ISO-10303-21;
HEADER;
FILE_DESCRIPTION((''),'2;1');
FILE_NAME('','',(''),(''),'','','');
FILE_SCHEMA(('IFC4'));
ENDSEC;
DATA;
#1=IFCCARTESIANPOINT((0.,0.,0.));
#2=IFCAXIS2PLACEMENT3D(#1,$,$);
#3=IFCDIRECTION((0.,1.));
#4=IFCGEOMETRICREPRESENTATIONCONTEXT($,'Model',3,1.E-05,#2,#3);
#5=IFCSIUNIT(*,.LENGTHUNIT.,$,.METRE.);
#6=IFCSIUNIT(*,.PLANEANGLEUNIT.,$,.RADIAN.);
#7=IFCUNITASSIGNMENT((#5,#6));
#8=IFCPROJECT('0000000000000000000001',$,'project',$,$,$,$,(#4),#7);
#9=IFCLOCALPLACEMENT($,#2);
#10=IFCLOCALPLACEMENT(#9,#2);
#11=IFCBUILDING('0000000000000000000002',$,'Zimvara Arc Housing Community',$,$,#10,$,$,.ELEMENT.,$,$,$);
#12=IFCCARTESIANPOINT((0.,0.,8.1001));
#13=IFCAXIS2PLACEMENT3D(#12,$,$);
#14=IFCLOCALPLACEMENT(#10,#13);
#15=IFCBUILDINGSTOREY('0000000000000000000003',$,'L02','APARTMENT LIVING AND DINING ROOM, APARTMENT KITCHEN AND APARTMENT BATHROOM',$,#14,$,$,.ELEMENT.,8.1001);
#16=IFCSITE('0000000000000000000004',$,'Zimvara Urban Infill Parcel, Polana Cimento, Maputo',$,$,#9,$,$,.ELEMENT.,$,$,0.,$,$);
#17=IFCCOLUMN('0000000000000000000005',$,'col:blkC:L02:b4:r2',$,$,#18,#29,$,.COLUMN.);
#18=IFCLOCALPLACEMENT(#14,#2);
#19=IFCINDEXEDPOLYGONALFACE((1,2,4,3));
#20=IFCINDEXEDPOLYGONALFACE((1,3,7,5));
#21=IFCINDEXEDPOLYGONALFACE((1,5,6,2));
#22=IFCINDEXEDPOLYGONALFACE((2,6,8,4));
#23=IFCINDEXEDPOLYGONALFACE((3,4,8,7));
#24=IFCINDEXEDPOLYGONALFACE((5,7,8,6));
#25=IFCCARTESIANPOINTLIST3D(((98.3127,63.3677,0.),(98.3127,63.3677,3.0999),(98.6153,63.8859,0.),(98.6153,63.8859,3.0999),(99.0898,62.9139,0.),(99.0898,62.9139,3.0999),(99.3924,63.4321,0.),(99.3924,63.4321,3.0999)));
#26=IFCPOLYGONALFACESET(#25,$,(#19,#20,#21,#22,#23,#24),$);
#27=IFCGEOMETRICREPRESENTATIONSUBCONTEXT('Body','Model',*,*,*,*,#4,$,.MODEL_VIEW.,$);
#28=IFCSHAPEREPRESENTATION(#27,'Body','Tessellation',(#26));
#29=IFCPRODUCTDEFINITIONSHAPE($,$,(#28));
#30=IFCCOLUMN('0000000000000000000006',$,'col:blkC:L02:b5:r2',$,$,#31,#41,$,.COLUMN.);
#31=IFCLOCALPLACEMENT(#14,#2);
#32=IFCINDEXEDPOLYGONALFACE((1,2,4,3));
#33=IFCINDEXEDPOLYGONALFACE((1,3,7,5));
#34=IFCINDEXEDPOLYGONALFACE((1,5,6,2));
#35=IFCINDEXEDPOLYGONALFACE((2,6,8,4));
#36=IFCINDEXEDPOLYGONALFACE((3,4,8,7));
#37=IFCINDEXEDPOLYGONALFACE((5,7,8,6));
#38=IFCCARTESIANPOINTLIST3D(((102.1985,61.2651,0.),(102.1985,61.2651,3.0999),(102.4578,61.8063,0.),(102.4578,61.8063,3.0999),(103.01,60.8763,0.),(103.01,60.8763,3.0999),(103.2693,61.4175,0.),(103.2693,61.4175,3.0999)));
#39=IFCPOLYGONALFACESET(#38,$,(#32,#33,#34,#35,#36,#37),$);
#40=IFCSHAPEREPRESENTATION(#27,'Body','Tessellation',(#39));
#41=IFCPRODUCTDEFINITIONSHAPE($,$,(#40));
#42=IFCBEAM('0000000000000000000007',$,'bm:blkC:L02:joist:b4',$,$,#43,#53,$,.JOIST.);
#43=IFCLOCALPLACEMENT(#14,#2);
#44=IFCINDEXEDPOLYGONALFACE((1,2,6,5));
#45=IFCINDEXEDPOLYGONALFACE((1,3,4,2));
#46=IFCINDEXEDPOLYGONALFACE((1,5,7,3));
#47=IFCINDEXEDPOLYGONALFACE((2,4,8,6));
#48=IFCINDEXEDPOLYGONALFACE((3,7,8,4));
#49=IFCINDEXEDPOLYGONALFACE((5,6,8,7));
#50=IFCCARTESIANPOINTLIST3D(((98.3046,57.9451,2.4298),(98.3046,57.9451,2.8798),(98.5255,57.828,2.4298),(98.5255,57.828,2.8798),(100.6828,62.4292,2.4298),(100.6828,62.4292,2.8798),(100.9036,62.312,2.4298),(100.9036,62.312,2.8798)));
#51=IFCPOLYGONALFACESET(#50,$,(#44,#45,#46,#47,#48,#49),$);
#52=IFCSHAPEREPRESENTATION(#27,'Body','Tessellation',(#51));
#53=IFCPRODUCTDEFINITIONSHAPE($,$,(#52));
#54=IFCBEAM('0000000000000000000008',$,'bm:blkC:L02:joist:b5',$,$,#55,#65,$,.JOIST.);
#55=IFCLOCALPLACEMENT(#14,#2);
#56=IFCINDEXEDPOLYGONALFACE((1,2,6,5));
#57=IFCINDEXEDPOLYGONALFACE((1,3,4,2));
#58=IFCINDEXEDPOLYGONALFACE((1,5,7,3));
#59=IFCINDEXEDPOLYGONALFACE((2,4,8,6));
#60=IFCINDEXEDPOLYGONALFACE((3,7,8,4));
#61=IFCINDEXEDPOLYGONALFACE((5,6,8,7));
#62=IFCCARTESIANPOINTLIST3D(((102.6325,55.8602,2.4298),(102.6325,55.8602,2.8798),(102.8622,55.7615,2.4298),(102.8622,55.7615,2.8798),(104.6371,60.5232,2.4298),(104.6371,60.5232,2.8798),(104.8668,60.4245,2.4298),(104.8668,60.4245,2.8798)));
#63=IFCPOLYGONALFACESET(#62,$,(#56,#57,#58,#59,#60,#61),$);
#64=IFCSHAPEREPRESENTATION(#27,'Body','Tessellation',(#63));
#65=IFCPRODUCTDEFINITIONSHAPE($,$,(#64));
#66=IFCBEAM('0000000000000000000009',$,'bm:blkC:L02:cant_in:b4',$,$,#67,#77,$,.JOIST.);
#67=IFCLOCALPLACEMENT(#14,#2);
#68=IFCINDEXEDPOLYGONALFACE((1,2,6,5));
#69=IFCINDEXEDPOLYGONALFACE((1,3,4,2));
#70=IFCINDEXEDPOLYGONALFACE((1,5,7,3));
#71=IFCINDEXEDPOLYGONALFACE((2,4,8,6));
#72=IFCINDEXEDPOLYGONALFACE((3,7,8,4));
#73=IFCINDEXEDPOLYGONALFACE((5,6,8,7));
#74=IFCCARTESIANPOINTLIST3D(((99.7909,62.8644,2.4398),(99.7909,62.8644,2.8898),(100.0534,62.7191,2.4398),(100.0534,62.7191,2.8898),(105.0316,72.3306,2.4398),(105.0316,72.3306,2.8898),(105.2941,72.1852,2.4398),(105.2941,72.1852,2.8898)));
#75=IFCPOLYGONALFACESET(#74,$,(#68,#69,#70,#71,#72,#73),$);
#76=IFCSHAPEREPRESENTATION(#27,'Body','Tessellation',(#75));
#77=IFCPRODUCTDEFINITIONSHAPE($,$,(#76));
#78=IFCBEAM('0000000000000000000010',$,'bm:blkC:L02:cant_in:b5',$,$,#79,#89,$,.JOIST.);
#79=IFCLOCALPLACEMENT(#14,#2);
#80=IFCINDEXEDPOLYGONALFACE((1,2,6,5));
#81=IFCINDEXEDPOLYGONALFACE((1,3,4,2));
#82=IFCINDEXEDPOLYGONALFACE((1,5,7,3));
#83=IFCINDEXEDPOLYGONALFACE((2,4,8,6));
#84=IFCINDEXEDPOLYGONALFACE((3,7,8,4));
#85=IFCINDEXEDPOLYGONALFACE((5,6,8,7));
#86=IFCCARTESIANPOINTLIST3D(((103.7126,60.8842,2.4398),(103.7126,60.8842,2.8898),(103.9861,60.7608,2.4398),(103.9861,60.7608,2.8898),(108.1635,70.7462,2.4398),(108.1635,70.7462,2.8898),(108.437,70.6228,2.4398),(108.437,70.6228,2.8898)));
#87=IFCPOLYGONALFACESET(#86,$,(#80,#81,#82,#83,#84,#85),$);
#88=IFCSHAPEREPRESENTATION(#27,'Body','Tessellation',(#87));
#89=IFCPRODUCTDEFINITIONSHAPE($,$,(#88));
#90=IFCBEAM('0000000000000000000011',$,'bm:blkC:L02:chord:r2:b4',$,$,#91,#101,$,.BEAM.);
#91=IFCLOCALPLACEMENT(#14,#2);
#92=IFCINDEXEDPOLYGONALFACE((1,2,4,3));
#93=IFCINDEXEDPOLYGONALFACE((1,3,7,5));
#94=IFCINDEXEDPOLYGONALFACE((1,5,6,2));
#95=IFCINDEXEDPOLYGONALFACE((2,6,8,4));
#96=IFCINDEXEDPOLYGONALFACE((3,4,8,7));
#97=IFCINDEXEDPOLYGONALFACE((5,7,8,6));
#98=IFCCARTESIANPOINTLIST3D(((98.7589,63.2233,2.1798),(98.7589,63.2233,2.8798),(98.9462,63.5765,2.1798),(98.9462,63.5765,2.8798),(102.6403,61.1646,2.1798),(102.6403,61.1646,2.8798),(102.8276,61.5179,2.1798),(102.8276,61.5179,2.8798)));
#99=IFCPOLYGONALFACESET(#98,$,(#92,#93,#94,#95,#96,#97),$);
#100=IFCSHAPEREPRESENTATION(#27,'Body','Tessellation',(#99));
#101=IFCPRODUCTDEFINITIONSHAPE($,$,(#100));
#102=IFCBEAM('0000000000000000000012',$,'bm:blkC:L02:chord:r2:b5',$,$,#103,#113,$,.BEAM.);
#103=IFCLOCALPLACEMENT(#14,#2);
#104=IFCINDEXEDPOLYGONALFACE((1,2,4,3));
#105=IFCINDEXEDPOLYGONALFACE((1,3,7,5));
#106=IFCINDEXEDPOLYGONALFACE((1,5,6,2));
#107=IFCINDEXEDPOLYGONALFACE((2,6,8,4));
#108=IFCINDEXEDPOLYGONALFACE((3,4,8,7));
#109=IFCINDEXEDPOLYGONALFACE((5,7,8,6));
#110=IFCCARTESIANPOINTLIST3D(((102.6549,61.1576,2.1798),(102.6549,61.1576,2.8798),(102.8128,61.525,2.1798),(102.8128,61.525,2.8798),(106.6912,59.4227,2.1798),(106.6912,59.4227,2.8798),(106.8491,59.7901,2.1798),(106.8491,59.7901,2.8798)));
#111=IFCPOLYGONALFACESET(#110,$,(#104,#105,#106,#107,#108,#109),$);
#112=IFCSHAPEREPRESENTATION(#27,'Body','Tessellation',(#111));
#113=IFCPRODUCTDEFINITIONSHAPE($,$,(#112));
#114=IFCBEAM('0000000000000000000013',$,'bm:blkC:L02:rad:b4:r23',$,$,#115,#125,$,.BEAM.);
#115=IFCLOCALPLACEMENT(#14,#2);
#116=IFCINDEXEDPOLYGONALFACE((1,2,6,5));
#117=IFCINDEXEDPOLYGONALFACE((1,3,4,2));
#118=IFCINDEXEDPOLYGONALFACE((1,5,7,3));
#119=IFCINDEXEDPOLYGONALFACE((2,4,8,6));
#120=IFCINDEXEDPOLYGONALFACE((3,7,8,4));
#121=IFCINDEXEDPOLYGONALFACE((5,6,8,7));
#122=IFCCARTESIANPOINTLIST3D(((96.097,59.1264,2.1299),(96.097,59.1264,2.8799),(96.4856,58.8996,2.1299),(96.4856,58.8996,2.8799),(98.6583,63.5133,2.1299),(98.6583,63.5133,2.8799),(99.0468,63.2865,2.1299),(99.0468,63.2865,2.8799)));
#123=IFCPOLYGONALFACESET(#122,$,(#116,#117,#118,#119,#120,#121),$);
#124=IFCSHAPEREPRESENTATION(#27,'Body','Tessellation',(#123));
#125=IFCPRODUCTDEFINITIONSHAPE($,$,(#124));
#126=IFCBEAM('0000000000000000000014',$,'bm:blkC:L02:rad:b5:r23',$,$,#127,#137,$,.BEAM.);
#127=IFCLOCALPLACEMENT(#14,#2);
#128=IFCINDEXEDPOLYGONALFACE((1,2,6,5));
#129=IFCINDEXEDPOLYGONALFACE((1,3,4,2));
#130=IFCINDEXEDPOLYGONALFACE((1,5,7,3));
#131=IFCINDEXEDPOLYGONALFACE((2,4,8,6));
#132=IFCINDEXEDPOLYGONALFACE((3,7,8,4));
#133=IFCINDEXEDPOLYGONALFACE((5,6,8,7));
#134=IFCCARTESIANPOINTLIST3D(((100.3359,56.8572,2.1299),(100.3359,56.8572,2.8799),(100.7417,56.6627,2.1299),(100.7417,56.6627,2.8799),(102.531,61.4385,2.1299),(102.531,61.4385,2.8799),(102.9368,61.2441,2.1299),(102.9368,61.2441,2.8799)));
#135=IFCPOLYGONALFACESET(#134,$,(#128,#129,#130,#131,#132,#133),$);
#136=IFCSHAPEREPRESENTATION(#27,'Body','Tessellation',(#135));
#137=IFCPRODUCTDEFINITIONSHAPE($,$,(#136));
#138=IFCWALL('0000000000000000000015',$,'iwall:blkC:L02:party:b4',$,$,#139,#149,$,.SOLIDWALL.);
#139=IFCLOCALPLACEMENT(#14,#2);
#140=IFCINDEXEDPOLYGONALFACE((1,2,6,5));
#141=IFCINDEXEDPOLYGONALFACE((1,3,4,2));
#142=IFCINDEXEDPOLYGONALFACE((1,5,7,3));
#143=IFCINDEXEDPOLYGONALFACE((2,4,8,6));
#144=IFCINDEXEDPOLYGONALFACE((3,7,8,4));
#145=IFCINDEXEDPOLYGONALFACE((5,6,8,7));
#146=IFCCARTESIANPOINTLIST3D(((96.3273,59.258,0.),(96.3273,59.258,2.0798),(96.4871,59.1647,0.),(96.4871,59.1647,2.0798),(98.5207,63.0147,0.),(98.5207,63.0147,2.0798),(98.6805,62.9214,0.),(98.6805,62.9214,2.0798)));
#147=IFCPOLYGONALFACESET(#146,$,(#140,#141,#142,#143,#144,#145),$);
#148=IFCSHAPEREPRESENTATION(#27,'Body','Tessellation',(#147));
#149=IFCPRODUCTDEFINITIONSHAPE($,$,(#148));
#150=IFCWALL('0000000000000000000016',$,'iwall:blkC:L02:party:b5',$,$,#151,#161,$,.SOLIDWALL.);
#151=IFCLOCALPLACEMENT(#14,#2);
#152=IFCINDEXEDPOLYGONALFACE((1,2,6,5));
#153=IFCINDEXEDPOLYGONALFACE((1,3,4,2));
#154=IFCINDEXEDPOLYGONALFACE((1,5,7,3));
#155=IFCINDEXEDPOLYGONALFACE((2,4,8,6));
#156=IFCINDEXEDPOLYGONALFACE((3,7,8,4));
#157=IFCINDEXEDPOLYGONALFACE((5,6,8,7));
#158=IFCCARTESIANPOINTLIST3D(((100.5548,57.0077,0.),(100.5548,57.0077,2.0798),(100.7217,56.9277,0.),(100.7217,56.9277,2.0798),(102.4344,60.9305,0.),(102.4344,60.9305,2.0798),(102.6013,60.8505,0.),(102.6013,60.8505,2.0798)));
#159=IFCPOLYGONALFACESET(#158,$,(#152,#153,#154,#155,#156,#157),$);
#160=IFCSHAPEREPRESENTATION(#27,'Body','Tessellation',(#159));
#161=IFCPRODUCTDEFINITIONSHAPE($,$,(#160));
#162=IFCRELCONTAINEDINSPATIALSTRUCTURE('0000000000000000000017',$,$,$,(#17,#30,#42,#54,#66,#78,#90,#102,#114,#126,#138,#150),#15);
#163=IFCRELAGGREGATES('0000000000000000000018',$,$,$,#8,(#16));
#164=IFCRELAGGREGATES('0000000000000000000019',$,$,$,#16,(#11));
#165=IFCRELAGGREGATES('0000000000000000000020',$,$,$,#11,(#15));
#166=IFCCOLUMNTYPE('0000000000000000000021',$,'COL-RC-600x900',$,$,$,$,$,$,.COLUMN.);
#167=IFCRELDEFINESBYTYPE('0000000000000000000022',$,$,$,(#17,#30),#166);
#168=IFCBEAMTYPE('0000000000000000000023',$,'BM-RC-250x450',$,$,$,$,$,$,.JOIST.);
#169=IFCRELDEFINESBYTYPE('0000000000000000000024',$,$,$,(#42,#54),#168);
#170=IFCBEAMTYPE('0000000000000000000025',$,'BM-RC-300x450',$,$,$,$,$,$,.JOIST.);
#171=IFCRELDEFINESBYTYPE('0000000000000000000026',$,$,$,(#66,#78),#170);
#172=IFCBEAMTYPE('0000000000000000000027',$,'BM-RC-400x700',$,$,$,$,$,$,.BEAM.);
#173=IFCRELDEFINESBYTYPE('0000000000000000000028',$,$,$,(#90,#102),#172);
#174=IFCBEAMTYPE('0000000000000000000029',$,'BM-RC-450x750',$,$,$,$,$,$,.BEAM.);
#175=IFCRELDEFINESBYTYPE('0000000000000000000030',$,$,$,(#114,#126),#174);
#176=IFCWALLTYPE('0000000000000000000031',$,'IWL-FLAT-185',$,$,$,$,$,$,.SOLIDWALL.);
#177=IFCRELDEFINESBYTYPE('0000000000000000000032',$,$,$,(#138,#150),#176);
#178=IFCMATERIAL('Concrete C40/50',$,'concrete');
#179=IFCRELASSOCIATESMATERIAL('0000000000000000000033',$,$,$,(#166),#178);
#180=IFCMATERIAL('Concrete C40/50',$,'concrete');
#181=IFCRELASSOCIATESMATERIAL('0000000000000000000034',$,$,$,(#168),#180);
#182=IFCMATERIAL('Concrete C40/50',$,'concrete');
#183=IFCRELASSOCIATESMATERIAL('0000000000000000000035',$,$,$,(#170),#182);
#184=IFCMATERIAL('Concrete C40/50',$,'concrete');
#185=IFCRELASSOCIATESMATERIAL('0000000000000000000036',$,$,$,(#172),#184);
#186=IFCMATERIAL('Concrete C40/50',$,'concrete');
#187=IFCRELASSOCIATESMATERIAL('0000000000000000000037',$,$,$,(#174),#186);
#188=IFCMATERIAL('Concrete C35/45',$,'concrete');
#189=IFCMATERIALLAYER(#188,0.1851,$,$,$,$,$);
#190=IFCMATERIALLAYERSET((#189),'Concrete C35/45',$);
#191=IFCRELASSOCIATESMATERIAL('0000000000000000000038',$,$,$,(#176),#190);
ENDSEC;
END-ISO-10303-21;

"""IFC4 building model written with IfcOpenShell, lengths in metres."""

from ifc_helpers import new_model, si_unit, direction, frame, frame_2d, origin, origin_2d, place, context, subcontext, project, spatial, rectangle, extrude, material, layer, layer_set, material_profile, profile_set, type_object, element, save


model = new_model("IFC4")

# Units and contexts
model_context = context("Model", 3, precision=1e-05, world=origin(), true_north=direction((0.0, 1.0)))
body_context = subcontext(model_context, "Body", "Model", "MODEL_VIEW")
ifc_project = project(units=[si_unit("LENGTHUNIT", "METRE"), si_unit("PLANEANGLEUNIT", "RADIAN")], contexts=[model_context])

# Site, building, storey
site_placement = place(None, origin())
site = spatial("IfcSite", under=ifc_project, at=site_placement, Name="Zimvara Urban Infill Parcel, Polana Cimento, Maputo", CompositionType="ELEMENT", RefElevation=0.0)
building_placement = place(site_placement, origin())
building = spatial("IfcBuilding", under=site, at=building_placement, Name="Zimvara Arc Housing Community", CompositionType="ELEMENT")
storey_placement = place(building_placement, frame((0.0, 0.0, 8.1001)))
storey = spatial("IfcBuildingStorey", under=building, at=storey_placement, Name="L02", Description="APARTMENT LIVING AND DINING ROOM, APARTMENT KITCHEN AND APARTMENT BATHROOM", CompositionType="ELEMENT", Elevation=8.1001)

# Columns
ifc_material_1 = material(Name="Concrete C40/50", Category="concrete")
ifc_material_profile_1 = material_profile(ifc_material_1, rectangle(XDim=0.6001, YDim=0.8999, at=origin_2d()), Name="RC 600x900")
ifc_profile_set_1 = profile_set([ifc_material_profile_1], Name="Concrete C40/50")
column_type = type_object("IfcColumnType", Name="COL-RC-600x900", PredefinedType="COLUMN", material=ifc_profile_set_1)
for number, where, z_axis, x_axis, name in (
    (1, (98.8525, 63.3999, 0.0), (0.0, 0.0, 1.0), (-0.504226, -0.863572, 0.0), "col:blkC:L02:b4:r2"),
    (2, (102.7339, 61.3413, 0.0), (0.0, 0.0, 1.0), (-0.432086, -0.901833, 0.0), "col:blkC:L02:b5:r2"),
):
    element("IfcColumn", number, at=place(storey_placement, frame(where, z_axis=z_axis, x_axis=x_axis)), inside=storey, type_object=column_type, Name=name, PredefinedType="COLUMN", context=body_context, shape_type="SweptSolid", body=[
        extrude(rectangle(XDim=0.6001, YDim=0.8999, at=origin_2d()), origin(), (0.0, 0.0, 1.0), 3.0999),
    ])

# Beams
ifc_material_2 = material(Name="Concrete C40/50", Category="concrete")
ifc_material_profile_2 = material_profile(ifc_material_2, rectangle(XDim=0.25, YDim=0.45, at=origin_2d()), Name="RC 250x450")
ifc_profile_set_2 = profile_set([ifc_material_profile_2], Name="Concrete C40/50")
beam_type_1 = type_object("IfcBeamType", Name="BM-RC-250x450", PredefinedType="JOIST", material=ifc_profile_set_2)
for number, where, z_axis, x_axis, name in (
    (3, (100.7932, 62.3706, 2.6548), (-0.468537, -0.883444, 0.0), (0.883444, -0.468537, 0.0), "bm:blkC:L02:joist:b4"),
    (4, (104.752, 60.4739, 2.6548), (-0.394947, -0.918704, 0.0), (0.918704, -0.394947, 0.0), "bm:blkC:L02:joist:b5"),
):
    element("IfcBeam", number, at=place(storey_placement, frame(where, z_axis=z_axis, x_axis=x_axis)), inside=storey, type_object=beam_type_1, Name=name, PredefinedType="JOIST", context=body_context, shape_type="SweptSolid", body=[
        extrude(rectangle(XDim=0.25, YDim=0.45, at=origin_2d()), origin(), (0.0, 0.0, 1.0), 5.0757),
    ])
ifc_material_3 = material(Name="Concrete C40/50", Category="concrete")
ifc_material_profile_3 = material_profile(ifc_material_3, rectangle(XDim=0.3, YDim=0.45, at=origin_2d()), Name="RC 300x450")
ifc_profile_set_3 = profile_set([ifc_material_profile_3], Name="Concrete C40/50")
beam_type_2 = type_object("IfcBeamType", Name="BM-RC-300x450", PredefinedType="JOIST", material=ifc_profile_set_3)
beam_1_placement = place(storey_placement, frame((99.9221, 62.7917, 2.6648), z_axis=(0.484357, 0.87487, 0.0), x_axis=(-0.87487, 0.484357, 0.0)))
element("IfcBeam", 5, at=beam_1_placement, inside=storey, type_object=beam_type_2, Name="bm:blkC:L02:cant_in:b4", PredefinedType="JOIST", context=body_context, shape_type="SweptSolid", body=[
    extrude(rectangle(XDim=0.3, YDim=0.45, at=origin_2d()), origin(), (0.0, 0.0, 1.0), 10.8201),
])
beam_2_placement = place(storey_placement, frame((103.8494, 60.8225, 2.6648), z_axis=(0.411364, 0.911471, 0.0), x_axis=(-0.911471, 0.411364, 0.0)))
element("IfcBeam", 6, at=beam_2_placement, inside=storey, type_object=beam_type_2, Name="bm:blkC:L02:cant_in:b5", PredefinedType="JOIST", context=body_context, shape_type="SweptSolid", body=[
    extrude(rectangle(XDim=0.3, YDim=0.45, at=origin_2d()), origin(), (0.0, 0.0, 1.0), 10.8198),
])
ifc_material_4 = material(Name="Concrete C40/50", Category="concrete")
ifc_material_profile_4 = material_profile(ifc_material_4, rectangle(XDim=0.3999, YDim=0.7, at=origin_2d()), Name="RC 400x700")
ifc_profile_set_4 = profile_set([ifc_material_profile_4], Name="Concrete C40/50")
beam_type_3 = type_object("IfcBeamType", Name="BM-RC-400x700", PredefinedType="BEAM", material=ifc_profile_set_4)
beam_3_placement = place(storey_placement, frame((98.8525, 63.3999, 2.5298), z_axis=(0.883434, -0.468557, 0.0), x_axis=(0.468557, 0.883434, 0.0)))
element("IfcBeam", 7, at=beam_3_placement, inside=storey, type_object=beam_type_3, Name="bm:blkC:L02:chord:r2:b4", PredefinedType="BEAM", context=body_context, shape_type="SweptSolid", body=[
    extrude(rectangle(XDim=0.3999, YDim=0.7, at=origin_2d()), origin(), (0.0, 0.0, 1.0), 4.3936),
])
beam_4_placement = place(storey_placement, frame((102.7339, 61.3413, 2.5298), z_axis=(0.918725, -0.394898, 0.0), x_axis=(0.394898, 0.918725, 0.0)))
element("IfcBeam", 8, at=beam_4_placement, inside=storey, type_object=beam_type_3, Name="bm:blkC:L02:chord:r2:b5", PredefinedType="BEAM", context=body_context, shape_type="SweptSolid", body=[
    extrude(rectangle(XDim=0.3999, YDim=0.7, at=origin_2d()), origin(), (0.0, 0.0, 1.0), 4.3933),
])
ifc_material_5 = material(Name="Concrete C40/50", Category="concrete")
ifc_material_profile_5 = material_profile(ifc_material_5, rectangle(XDim=0.45, YDim=0.75, at=origin_2d()), Name="RC 450x750")
ifc_profile_set_5 = profile_set([ifc_material_profile_5], Name="Concrete C40/50")
beam_type_4 = type_object("IfcBeamType", Name="BM-RC-450x750", PredefinedType="BEAM", material=ifc_profile_set_5)
beam_5_placement = place(storey_placement, frame((98.8525, 63.3999, 2.5049), z_axis=(-0.504197, -0.863589, 0.0), x_axis=(0.863589, -0.504197, 0.0)))
element("IfcBeam", 9, at=beam_5_placement, inside=storey, type_object=beam_type_4, Name="bm:blkC:L02:rad:b4:r23", PredefinedType="BEAM", context=body_context, shape_type="SweptSolid", body=[
    extrude(rectangle(XDim=0.45, YDim=0.75, at=origin_2d()), origin(), (0.0, 0.0, 1.0), 5.0798),
])
beam_6_placement = place(storey_placement, frame((102.7339, 61.3413, 2.5049), z_axis=(-0.432098, -0.901827, 0.0), x_axis=(0.901827, -0.432098, 0.0)))
element("IfcBeam", 10, at=beam_6_placement, inside=storey, type_object=beam_type_4, Name="bm:blkC:L02:rad:b5:r23", PredefinedType="BEAM", context=body_context, shape_type="SweptSolid", body=[
    extrude(rectangle(XDim=0.45, YDim=0.75, at=origin_2d()), origin(), (0.0, 0.0, 1.0), 5.0801),
])

# Walls
ifc_material_6 = material(Name="Concrete C35/45", Category="concrete")
ifc_layer_1 = layer(ifc_material_6, 0.1851)
ifc_layer_set_1 = layer_set([ifc_layer_1], Name="Concrete C35/45")
wall_type_1 = type_object("IfcWallType", Name="IWL-FLAT-185", PredefinedType="SOLIDWALL", material=ifc_layer_set_1)
wall_1_placement = place(storey_placement, frame((98.6006, 62.968, 0.0), z_axis=(0.0, 0.0, 1.0), x_axis=(-0.504216, -0.863577, 0.0)))
element("IfcWall", 11, at=wall_1_placement, inside=storey, type_object=wall_type_1, Name="iwall:blkC:L02:party:b4", PredefinedType="SOLIDWALL", context=body_context, shape_type="SweptSolid", body=[
    extrude(rectangle(XDim=4.3501, YDim=0.1851, at=frame_2d((2.175, 0.0))), origin(), (0.0, 0.0, 1.0), 2.0798),
])
wall_2_placement = place(storey_placement, frame((102.5178, 60.8904, 0.0), z_axis=(0.0, 0.0, 1.0), x_axis=(-0.432109, -0.901821, 0.0)))
element("IfcWall", 12, at=wall_2_placement, inside=storey, type_object=wall_type_1, Name="iwall:blkC:L02:party:b5", PredefinedType="SOLIDWALL", context=body_context, shape_type="SweptSolid", body=[
    extrude(rectangle(XDim=4.3499, YDim=0.1851, at=frame_2d((2.1748, 0.0))), origin(), (0.0, 0.0, 1.0), 2.0798),
])

save(model, "model.ifc")
